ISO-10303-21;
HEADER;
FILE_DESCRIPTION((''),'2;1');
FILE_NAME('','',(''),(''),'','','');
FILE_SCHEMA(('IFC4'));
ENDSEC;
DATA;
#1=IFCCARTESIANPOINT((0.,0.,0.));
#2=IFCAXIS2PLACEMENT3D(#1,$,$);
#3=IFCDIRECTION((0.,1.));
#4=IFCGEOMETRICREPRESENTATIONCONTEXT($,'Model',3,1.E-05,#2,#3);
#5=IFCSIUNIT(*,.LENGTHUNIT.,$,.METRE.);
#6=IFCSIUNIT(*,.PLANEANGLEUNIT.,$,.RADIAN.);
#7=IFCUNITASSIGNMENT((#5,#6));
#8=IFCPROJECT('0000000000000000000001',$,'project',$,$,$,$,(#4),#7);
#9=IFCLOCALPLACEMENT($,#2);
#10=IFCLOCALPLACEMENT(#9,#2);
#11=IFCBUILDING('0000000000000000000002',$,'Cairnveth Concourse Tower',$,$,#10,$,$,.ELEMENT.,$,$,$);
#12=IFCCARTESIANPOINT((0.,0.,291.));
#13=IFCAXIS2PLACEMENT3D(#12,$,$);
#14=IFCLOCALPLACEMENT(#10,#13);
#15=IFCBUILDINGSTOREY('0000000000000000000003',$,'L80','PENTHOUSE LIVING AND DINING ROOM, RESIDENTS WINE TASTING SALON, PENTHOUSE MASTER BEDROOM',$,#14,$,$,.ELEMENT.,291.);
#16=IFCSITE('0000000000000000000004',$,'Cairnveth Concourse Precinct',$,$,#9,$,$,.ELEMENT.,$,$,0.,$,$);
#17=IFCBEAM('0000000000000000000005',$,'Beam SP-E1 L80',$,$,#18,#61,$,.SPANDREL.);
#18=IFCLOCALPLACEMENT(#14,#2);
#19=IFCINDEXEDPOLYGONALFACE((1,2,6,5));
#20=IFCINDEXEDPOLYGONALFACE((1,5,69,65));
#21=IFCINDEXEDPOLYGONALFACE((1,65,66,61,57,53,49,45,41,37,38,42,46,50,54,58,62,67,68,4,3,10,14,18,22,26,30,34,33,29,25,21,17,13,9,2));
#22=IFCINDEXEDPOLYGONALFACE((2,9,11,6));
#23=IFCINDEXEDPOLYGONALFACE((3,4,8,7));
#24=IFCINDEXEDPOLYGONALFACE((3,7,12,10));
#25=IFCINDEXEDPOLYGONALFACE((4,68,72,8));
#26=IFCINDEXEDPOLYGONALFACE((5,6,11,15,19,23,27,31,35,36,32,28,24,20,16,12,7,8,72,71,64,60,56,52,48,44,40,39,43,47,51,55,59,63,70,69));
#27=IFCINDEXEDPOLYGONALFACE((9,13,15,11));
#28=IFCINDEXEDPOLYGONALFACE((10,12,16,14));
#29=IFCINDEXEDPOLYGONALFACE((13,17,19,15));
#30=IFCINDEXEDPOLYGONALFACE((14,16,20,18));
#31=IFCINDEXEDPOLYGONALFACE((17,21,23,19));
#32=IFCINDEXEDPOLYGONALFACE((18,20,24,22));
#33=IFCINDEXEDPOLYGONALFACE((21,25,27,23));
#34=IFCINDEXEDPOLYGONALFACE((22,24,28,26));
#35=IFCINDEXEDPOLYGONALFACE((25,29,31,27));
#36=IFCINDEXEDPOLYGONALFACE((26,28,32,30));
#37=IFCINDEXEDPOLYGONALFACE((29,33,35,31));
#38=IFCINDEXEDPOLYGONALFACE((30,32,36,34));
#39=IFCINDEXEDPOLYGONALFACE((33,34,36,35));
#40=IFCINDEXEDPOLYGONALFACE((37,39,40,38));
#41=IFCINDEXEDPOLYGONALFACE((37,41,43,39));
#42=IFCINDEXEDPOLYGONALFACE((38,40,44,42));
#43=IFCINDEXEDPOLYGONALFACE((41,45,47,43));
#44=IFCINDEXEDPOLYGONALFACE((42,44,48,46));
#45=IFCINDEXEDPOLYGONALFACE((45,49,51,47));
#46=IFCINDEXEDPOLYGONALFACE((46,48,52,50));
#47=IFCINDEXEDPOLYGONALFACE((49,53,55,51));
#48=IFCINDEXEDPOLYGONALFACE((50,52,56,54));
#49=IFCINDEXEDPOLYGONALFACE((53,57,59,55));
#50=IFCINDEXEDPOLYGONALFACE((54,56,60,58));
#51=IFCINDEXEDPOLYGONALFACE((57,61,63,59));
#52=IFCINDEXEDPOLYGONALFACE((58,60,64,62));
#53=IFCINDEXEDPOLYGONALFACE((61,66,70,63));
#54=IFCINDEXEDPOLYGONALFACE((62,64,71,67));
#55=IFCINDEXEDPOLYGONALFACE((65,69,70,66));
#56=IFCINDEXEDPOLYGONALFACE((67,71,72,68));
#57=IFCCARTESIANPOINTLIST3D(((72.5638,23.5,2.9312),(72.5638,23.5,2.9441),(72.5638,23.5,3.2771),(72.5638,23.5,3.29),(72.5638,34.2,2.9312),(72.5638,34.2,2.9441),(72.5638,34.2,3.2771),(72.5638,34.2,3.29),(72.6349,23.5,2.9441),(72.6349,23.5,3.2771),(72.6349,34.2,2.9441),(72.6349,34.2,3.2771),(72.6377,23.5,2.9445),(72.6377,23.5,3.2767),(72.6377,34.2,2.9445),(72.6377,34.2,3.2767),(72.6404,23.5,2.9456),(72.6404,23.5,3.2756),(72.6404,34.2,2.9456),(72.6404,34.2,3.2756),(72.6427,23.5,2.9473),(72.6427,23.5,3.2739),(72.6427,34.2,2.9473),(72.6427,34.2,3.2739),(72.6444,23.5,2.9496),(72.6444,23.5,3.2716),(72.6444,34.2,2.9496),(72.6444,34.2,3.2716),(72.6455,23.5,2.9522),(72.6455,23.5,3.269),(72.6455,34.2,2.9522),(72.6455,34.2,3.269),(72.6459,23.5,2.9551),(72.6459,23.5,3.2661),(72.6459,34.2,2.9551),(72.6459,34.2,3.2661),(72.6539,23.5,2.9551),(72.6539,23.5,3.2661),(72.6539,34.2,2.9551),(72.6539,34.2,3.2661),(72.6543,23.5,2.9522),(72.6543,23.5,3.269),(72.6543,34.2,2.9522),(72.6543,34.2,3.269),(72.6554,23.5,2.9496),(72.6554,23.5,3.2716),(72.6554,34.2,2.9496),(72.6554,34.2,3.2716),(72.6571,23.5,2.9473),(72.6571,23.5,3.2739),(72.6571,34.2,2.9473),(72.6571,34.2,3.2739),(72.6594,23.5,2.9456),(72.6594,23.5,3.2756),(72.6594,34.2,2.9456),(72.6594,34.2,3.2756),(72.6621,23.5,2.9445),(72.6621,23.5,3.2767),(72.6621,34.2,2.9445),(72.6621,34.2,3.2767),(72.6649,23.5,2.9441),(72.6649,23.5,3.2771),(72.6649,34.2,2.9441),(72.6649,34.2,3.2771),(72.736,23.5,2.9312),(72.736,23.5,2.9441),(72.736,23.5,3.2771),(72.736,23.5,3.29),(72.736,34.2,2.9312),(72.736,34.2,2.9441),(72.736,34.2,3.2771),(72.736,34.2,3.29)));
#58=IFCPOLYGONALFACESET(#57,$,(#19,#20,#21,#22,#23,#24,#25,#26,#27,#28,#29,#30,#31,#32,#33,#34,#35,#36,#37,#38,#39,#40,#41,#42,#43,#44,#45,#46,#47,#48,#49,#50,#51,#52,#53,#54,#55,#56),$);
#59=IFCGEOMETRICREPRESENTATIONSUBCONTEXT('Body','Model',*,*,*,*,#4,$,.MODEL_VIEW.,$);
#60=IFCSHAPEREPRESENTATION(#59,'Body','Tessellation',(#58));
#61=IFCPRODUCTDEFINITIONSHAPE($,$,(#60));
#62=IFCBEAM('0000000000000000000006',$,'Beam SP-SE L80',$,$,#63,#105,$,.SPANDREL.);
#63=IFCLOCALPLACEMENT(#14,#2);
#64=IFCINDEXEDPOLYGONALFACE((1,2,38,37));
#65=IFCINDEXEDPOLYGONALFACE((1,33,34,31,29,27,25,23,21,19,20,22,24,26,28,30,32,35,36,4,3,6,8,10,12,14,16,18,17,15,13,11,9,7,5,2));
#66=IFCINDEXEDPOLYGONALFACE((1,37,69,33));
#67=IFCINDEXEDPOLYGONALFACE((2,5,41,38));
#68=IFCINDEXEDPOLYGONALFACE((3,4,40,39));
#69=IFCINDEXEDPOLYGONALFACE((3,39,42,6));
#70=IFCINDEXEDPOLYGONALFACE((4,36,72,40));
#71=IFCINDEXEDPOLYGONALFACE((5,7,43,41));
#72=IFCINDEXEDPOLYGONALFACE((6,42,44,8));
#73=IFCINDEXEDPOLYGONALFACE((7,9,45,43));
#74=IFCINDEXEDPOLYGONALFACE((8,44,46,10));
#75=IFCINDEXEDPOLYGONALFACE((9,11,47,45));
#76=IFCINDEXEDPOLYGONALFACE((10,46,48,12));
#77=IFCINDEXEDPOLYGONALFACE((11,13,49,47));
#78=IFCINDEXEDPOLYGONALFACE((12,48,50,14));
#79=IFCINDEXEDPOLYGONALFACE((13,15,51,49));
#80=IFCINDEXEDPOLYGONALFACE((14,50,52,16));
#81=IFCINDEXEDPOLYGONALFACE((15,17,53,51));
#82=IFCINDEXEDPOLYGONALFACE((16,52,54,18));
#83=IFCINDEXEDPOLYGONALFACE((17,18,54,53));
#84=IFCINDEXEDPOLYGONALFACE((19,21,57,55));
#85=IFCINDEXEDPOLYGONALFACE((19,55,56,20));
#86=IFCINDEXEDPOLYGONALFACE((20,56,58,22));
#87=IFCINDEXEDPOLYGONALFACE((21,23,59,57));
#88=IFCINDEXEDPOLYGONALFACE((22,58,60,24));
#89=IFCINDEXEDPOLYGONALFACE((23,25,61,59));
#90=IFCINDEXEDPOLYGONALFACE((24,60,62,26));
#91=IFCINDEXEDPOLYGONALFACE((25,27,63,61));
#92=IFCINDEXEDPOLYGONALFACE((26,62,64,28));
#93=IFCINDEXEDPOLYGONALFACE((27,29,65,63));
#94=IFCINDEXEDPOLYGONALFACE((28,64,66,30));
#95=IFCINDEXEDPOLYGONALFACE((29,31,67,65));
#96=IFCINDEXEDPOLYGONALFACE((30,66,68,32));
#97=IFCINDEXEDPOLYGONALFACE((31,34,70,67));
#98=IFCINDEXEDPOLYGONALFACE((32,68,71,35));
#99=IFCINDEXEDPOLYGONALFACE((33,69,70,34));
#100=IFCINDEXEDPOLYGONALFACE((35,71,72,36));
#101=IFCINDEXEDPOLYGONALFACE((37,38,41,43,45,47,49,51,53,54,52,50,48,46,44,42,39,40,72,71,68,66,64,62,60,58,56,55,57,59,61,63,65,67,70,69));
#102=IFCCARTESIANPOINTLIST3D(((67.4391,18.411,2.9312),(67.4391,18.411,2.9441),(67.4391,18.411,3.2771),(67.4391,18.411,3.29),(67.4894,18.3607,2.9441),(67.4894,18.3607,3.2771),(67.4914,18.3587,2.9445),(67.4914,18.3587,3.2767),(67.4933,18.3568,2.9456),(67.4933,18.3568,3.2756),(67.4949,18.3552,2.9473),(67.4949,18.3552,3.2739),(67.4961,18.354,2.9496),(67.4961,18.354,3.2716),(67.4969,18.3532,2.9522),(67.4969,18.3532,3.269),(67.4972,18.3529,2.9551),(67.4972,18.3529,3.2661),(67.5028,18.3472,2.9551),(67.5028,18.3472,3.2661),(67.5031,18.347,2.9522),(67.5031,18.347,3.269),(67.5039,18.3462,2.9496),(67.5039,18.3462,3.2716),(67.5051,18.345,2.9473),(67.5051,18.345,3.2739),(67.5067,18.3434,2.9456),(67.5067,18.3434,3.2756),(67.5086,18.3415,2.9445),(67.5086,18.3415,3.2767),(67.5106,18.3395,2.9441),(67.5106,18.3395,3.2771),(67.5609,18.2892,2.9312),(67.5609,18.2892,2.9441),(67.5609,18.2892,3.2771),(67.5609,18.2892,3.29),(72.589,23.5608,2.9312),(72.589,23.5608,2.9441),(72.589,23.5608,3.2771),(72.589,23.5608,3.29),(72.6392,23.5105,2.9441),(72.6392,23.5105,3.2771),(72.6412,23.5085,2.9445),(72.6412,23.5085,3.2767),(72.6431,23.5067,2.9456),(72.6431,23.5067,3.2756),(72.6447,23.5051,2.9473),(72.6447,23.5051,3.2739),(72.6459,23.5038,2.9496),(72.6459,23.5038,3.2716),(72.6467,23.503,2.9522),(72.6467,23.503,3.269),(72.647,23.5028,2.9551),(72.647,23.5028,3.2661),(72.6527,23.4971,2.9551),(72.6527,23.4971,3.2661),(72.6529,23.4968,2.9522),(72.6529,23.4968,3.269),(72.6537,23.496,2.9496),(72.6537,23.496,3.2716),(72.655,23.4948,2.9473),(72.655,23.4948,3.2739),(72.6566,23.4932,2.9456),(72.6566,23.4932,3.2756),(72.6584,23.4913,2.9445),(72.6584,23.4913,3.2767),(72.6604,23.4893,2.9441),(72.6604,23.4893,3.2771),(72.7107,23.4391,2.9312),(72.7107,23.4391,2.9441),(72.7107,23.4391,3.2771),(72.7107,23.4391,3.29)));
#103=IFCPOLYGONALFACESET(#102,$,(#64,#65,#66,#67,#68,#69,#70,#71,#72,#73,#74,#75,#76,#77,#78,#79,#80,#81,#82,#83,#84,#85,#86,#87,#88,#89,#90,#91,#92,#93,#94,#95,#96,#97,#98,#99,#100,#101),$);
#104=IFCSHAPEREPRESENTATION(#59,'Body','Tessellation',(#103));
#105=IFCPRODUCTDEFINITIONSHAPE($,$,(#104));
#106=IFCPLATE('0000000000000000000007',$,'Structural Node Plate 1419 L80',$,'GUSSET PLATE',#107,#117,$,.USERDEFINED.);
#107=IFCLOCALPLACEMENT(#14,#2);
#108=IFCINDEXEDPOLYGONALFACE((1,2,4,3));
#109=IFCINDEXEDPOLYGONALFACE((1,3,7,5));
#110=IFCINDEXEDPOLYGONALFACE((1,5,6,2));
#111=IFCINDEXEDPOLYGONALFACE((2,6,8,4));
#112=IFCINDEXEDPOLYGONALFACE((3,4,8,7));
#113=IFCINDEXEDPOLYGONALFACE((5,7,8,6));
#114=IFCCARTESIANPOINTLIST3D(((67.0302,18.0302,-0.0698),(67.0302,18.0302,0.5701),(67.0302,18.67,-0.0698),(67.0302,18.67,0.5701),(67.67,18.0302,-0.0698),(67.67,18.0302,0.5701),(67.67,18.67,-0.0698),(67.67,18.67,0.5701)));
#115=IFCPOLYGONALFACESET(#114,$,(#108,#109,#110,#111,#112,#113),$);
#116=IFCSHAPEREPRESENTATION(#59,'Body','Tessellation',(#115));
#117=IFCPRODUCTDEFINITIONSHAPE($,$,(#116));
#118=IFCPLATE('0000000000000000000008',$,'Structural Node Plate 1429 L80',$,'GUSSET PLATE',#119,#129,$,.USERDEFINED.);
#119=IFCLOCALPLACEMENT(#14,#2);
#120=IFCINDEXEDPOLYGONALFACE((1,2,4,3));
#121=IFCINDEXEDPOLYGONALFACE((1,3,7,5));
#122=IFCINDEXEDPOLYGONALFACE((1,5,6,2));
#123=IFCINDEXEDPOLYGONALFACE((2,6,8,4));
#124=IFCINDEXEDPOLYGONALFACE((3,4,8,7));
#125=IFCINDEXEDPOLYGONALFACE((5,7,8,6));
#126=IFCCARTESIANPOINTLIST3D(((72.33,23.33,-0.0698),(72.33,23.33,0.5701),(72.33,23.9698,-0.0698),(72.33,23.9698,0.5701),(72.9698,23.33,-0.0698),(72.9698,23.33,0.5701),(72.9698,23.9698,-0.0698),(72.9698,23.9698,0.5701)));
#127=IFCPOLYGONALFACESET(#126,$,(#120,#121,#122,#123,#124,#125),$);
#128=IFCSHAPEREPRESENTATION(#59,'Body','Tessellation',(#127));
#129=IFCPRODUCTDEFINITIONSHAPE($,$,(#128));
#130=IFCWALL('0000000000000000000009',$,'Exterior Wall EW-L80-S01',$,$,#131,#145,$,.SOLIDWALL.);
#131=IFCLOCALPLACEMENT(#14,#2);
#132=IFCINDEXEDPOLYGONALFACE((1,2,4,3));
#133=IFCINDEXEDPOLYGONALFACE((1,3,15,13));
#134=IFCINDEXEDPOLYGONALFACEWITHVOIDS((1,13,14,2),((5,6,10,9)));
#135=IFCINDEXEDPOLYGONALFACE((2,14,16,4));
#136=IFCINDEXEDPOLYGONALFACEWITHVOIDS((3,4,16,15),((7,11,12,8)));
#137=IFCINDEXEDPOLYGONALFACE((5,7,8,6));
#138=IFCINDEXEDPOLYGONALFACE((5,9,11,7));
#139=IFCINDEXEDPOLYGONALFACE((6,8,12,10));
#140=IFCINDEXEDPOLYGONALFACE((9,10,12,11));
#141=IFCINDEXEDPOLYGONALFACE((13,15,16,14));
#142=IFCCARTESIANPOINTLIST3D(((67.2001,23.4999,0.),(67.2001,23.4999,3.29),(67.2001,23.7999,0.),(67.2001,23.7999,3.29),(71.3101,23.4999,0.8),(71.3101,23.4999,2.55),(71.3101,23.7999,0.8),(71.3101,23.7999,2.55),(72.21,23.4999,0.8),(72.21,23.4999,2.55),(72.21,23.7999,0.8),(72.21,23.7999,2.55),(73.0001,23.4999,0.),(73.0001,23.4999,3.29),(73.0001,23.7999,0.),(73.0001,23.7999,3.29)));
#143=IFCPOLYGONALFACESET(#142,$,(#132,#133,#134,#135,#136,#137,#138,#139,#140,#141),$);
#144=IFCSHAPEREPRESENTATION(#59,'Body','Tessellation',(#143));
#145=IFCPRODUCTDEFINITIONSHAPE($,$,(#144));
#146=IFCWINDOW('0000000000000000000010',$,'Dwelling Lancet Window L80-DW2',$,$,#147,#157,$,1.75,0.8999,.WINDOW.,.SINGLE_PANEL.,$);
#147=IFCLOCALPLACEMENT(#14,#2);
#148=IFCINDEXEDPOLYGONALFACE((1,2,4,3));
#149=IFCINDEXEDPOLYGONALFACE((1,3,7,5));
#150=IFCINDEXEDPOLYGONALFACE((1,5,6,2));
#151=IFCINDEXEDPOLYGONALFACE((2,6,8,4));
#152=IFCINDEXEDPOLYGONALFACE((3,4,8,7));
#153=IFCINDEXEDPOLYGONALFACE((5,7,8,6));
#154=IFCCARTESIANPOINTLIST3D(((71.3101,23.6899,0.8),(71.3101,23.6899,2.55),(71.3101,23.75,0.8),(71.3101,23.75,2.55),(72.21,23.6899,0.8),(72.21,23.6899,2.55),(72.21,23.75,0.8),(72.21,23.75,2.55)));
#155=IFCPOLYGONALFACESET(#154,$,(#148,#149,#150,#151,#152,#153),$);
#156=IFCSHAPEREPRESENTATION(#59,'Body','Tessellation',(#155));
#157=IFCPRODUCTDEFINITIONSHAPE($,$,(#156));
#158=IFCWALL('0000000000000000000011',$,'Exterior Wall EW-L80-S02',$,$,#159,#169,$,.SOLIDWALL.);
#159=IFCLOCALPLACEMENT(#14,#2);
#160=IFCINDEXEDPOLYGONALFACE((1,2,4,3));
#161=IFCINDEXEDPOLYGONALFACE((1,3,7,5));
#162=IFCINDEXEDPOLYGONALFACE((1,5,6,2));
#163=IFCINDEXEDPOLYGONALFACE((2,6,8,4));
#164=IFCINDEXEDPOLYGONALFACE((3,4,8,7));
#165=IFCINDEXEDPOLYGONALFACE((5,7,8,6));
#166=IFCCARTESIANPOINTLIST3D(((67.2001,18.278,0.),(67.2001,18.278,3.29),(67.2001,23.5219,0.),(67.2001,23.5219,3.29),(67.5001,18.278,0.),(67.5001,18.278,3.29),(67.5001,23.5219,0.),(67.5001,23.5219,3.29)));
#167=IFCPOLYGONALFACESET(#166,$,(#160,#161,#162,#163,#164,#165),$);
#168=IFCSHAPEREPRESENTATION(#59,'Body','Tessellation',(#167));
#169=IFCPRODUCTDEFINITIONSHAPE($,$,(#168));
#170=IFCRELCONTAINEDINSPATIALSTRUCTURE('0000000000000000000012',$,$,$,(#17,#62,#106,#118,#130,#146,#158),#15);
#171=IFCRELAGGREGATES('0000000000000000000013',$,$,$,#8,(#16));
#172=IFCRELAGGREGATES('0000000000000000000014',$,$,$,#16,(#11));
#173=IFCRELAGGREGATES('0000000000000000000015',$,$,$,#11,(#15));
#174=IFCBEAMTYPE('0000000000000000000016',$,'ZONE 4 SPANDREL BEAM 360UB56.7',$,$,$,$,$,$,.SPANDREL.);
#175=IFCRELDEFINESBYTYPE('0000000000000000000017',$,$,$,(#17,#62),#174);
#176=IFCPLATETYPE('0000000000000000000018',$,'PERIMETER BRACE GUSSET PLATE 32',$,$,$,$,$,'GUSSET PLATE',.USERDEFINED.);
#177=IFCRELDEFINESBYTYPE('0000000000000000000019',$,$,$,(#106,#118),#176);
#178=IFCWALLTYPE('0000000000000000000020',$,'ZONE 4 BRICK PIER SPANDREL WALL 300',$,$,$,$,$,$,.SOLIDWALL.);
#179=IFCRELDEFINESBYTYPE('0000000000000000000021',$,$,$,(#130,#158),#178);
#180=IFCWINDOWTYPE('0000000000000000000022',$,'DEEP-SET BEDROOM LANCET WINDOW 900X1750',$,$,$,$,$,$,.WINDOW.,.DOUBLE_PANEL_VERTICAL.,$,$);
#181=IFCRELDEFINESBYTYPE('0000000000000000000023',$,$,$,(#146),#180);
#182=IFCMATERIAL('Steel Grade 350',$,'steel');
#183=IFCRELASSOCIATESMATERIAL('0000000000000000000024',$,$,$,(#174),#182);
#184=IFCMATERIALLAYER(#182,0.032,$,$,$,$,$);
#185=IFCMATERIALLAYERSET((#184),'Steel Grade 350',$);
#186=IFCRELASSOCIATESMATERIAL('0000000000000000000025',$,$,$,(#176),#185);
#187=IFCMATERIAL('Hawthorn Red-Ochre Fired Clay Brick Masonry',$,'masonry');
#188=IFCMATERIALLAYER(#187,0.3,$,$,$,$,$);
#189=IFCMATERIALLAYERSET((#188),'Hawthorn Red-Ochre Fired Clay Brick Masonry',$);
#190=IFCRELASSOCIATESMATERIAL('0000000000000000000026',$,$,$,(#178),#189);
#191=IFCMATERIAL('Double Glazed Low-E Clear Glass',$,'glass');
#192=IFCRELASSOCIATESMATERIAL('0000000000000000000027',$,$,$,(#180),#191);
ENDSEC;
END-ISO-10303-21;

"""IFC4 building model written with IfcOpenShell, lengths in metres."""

from ifc_helpers import new_model, si_unit, direction, frame, frame_2d, origin, origin_2d, place, context, subcontext, project, spatial, rectangle, i_section, extrude, material, layer, layer_set, material_profile, profile_set, type_object, element, fill, save


model = new_model("IFC4")

# Units and contexts
model_context = context("Model", 3, precision=1e-05, world=origin(), true_north=direction((0.0, 1.0)))
body_context = subcontext(model_context, "Body", "Model", "MODEL_VIEW")
ifc_project = project(units=[si_unit("LENGTHUNIT", "METRE"), si_unit("PLANEANGLEUNIT", "RADIAN")], contexts=[model_context])

# Site, building, storey
site_placement = place(None, origin())
site = spatial("IfcSite", under=ifc_project, at=site_placement, Name="Cairnveth Concourse Precinct", CompositionType="ELEMENT", RefElevation=0.0)
building_placement = place(site_placement, origin())
building = spatial("IfcBuilding", under=site, at=building_placement, Name="Cairnveth Concourse Tower", CompositionType="ELEMENT")
storey_placement = place(building_placement, frame((0.0, 0.0, 291.0)))
storey = spatial("IfcBuildingStorey", under=building, at=storey_placement, Name="L80", Description="PENTHOUSE LIVING AND DINING ROOM, RESIDENTS WINE TASTING SALON, PENTHOUSE MASTER BEDROOM", CompositionType="ELEMENT", Elevation=291.0)

# Shared definitions
ifc_material_1 = material(Name="Steel Grade 350", Category="steel")

# Beams
ifc_material_profile_1 = material_profile(ifc_material_1, i_section(OverallWidth=0.1721, OverallDepth=0.3589, WebThickness=0.0081, FlangeThickness=0.0129, FilletRadius=0.011, at=origin_2d()), Name="360UB56.7")
ifc_profile_set_1 = profile_set([ifc_material_profile_1], Name="Steel Grade 350")
beam_type_1 = type_object("IfcBeamType", Name="ZONE 4 SPANDREL BEAM 360UB56.7", PredefinedType="SPANDREL", material=ifc_profile_set_1)
beam_1_placement = place(storey_placement, frame((72.6499, 23.5, 3.1106), z_axis=(0.0, 1.0, 0.0), x_axis=(-1.0, 0.0, 0.0)))
element("IfcBeam", 1, at=beam_1_placement, inside=storey, type_object=beam_type_1, Name="Beam SP-E1 L80", PredefinedType="SPANDREL", context=body_context, shape_type="SweptSolid", body=[
    extrude(i_section(OverallWidth=0.1721, OverallDepth=0.3589, WebThickness=0.0081, FlangeThickness=0.0129, FilletRadius=0.011, at=origin_2d()), origin(), (0.0, 0.0, 1.0), 10.7),
])
beam_2_placement = place(storey_placement, frame((67.5, 18.3501, 3.1106), z_axis=(0.707107, 0.707107, 0.0), x_axis=(-0.707107, 0.707107, 0.0)))
element("IfcBeam", 2, at=beam_2_placement, inside=storey, type_object=beam_type_1, Name="Beam SP-SE L80", PredefinedType="SPANDREL", context=body_context, shape_type="SweptSolid", body=[
    extrude(i_section(OverallWidth=0.1721, OverallDepth=0.3589, WebThickness=0.0081, FlangeThickness=0.0129, FilletRadius=0.011, at=origin_2d()), origin(), (0.0, 0.0, 1.0), 7.283),
])

# Plates
ifc_layer_1 = layer(ifc_material_1, 0.032)
ifc_layer_set_1 = layer_set([ifc_layer_1], Name="Steel Grade 350")
plate_type = type_object("IfcPlateType", Name="PERIMETER BRACE GUSSET PLATE 32", ElementType="GUSSET PLATE", PredefinedType="USERDEFINED", material=ifc_layer_set_1)
for number, where, z_axis, x_axis, name in (
    (3, (67.3501, 18.3501, -0.0698), (0.0, 0.0, 1.0), (1.0, 0.0, 0.0), "Structural Node Plate 1419 L80"),
    (4, (72.6499, 23.6499, -0.0698), (0.0, 0.0, 1.0), (1.0, 0.0, 0.0), "Structural Node Plate 1429 L80"),
):
    element("IfcPlate", number, at=place(storey_placement, frame(where, z_axis=z_axis, x_axis=x_axis)), inside=storey, type_object=plate_type, Name=name, ObjectType="GUSSET PLATE", PredefinedType="USERDEFINED", context=body_context, shape_type="SweptSolid", body=[
        extrude(rectangle(XDim=0.6399, YDim=0.6399, at=origin_2d()), origin(), (0.0, 0.0, 1.0), 0.6399),
    ])

# Wall, opening, window
ifc_material_2 = material(Name="Hawthorn Red-Ochre Fired Clay Brick Masonry", Category="masonry")
ifc_layer_2 = layer(ifc_material_2, 0.3)
ifc_layer_set_2 = layer_set([ifc_layer_2], Name="Hawthorn Red-Ochre Fired Clay Brick Masonry")
wall_type = type_object("IfcWallType", Name="ZONE 4 BRICK PIER SPANDREL WALL 300", PredefinedType="SOLIDWALL", material=ifc_layer_set_2)
wall_1_placement = place(storey_placement, frame((73.0, 23.6499, 0.0), z_axis=(0.0, 0.0, 1.0), x_axis=(-1.0, 0.0, 0.0)))
wall_1 = element("IfcWall", 5, at=wall_1_placement, inside=storey, type_object=wall_type, Name="Exterior Wall EW-L80-S01", PredefinedType="SOLIDWALL", context=body_context, shape_type="SweptSolid", body=[
    extrude(rectangle(XDim=5.8, YDim=0.3, at=frame_2d((2.8999, 0.0))), origin(), (0.0, 0.0, 1.0), 3.29),
])
opening_1_placement = place(wall_1_placement, frame((0.79, 0.0, 0.8)))
opening_1 = element("IfcOpeningElement", 6, at=opening_1_placement, cuts=wall_1, PredefinedType="OPENING", context=body_context, shape_type="SweptSolid", body=[
    extrude(rectangle(XDim=0.8999, YDim=1.75, at=frame_2d((0.45, 0.875))), frame((0.0, 0.1599, 0.0), z_axis=(0.0, -1.0, 0.0), x_axis=(1.0, 0.0, 0.0)), (0.0, 0.0, 1.0), 0.3201),
])
ifc_material_3 = material(Name="Double Glazed Low-E Clear Glass", Category="glass")
window_type_1 = type_object("IfcWindowType", Name="DEEP-SET BEDROOM LANCET WINDOW 900X1750", PartitioningType="DOUBLE_PANEL_VERTICAL", PredefinedType="WINDOW", material=ifc_material_3)
window_1_placement = place(opening_1_placement, origin())
window_1 = element("IfcWindow", 7, at=window_1_placement, inside=storey, type_object=window_type_1, Name="Dwelling Lancet Window L80-DW2", OverallHeight=1.75, OverallWidth=0.8999, PartitioningType="SINGLE_PANEL", PredefinedType="WINDOW", context=body_context, shape_type="SweptSolid", body=[
    extrude(rectangle(XDim=0.8999, YDim=1.75, at=frame_2d((0.45, 0.875))), frame((0.0, -0.04, 0.0), z_axis=(0.0, -1.0, 0.0), x_axis=(1.0, 0.0, 0.0)), (0.0, 0.0, 1.0), 0.0601),
])
fill(opening_1, window_1)

# Wall
wall_2_placement = place(storey_placement, frame((67.3501, 23.522, 0.0), z_axis=(0.0, 0.0, 1.0), x_axis=(0.0, -1.0, 0.0)))
element("IfcWall", 8, at=wall_2_placement, inside=storey, type_object=wall_type, Name="Exterior Wall EW-L80-S02", PredefinedType="SOLIDWALL", context=body_context, shape_type="SweptSolid", body=[
    extrude(rectangle(XDim=5.2439, YDim=0.3, at=frame_2d((2.6221, 0.0))), origin(), (0.0, 0.0, 1.0), 3.29),
])

save(model, "model.ifc")
